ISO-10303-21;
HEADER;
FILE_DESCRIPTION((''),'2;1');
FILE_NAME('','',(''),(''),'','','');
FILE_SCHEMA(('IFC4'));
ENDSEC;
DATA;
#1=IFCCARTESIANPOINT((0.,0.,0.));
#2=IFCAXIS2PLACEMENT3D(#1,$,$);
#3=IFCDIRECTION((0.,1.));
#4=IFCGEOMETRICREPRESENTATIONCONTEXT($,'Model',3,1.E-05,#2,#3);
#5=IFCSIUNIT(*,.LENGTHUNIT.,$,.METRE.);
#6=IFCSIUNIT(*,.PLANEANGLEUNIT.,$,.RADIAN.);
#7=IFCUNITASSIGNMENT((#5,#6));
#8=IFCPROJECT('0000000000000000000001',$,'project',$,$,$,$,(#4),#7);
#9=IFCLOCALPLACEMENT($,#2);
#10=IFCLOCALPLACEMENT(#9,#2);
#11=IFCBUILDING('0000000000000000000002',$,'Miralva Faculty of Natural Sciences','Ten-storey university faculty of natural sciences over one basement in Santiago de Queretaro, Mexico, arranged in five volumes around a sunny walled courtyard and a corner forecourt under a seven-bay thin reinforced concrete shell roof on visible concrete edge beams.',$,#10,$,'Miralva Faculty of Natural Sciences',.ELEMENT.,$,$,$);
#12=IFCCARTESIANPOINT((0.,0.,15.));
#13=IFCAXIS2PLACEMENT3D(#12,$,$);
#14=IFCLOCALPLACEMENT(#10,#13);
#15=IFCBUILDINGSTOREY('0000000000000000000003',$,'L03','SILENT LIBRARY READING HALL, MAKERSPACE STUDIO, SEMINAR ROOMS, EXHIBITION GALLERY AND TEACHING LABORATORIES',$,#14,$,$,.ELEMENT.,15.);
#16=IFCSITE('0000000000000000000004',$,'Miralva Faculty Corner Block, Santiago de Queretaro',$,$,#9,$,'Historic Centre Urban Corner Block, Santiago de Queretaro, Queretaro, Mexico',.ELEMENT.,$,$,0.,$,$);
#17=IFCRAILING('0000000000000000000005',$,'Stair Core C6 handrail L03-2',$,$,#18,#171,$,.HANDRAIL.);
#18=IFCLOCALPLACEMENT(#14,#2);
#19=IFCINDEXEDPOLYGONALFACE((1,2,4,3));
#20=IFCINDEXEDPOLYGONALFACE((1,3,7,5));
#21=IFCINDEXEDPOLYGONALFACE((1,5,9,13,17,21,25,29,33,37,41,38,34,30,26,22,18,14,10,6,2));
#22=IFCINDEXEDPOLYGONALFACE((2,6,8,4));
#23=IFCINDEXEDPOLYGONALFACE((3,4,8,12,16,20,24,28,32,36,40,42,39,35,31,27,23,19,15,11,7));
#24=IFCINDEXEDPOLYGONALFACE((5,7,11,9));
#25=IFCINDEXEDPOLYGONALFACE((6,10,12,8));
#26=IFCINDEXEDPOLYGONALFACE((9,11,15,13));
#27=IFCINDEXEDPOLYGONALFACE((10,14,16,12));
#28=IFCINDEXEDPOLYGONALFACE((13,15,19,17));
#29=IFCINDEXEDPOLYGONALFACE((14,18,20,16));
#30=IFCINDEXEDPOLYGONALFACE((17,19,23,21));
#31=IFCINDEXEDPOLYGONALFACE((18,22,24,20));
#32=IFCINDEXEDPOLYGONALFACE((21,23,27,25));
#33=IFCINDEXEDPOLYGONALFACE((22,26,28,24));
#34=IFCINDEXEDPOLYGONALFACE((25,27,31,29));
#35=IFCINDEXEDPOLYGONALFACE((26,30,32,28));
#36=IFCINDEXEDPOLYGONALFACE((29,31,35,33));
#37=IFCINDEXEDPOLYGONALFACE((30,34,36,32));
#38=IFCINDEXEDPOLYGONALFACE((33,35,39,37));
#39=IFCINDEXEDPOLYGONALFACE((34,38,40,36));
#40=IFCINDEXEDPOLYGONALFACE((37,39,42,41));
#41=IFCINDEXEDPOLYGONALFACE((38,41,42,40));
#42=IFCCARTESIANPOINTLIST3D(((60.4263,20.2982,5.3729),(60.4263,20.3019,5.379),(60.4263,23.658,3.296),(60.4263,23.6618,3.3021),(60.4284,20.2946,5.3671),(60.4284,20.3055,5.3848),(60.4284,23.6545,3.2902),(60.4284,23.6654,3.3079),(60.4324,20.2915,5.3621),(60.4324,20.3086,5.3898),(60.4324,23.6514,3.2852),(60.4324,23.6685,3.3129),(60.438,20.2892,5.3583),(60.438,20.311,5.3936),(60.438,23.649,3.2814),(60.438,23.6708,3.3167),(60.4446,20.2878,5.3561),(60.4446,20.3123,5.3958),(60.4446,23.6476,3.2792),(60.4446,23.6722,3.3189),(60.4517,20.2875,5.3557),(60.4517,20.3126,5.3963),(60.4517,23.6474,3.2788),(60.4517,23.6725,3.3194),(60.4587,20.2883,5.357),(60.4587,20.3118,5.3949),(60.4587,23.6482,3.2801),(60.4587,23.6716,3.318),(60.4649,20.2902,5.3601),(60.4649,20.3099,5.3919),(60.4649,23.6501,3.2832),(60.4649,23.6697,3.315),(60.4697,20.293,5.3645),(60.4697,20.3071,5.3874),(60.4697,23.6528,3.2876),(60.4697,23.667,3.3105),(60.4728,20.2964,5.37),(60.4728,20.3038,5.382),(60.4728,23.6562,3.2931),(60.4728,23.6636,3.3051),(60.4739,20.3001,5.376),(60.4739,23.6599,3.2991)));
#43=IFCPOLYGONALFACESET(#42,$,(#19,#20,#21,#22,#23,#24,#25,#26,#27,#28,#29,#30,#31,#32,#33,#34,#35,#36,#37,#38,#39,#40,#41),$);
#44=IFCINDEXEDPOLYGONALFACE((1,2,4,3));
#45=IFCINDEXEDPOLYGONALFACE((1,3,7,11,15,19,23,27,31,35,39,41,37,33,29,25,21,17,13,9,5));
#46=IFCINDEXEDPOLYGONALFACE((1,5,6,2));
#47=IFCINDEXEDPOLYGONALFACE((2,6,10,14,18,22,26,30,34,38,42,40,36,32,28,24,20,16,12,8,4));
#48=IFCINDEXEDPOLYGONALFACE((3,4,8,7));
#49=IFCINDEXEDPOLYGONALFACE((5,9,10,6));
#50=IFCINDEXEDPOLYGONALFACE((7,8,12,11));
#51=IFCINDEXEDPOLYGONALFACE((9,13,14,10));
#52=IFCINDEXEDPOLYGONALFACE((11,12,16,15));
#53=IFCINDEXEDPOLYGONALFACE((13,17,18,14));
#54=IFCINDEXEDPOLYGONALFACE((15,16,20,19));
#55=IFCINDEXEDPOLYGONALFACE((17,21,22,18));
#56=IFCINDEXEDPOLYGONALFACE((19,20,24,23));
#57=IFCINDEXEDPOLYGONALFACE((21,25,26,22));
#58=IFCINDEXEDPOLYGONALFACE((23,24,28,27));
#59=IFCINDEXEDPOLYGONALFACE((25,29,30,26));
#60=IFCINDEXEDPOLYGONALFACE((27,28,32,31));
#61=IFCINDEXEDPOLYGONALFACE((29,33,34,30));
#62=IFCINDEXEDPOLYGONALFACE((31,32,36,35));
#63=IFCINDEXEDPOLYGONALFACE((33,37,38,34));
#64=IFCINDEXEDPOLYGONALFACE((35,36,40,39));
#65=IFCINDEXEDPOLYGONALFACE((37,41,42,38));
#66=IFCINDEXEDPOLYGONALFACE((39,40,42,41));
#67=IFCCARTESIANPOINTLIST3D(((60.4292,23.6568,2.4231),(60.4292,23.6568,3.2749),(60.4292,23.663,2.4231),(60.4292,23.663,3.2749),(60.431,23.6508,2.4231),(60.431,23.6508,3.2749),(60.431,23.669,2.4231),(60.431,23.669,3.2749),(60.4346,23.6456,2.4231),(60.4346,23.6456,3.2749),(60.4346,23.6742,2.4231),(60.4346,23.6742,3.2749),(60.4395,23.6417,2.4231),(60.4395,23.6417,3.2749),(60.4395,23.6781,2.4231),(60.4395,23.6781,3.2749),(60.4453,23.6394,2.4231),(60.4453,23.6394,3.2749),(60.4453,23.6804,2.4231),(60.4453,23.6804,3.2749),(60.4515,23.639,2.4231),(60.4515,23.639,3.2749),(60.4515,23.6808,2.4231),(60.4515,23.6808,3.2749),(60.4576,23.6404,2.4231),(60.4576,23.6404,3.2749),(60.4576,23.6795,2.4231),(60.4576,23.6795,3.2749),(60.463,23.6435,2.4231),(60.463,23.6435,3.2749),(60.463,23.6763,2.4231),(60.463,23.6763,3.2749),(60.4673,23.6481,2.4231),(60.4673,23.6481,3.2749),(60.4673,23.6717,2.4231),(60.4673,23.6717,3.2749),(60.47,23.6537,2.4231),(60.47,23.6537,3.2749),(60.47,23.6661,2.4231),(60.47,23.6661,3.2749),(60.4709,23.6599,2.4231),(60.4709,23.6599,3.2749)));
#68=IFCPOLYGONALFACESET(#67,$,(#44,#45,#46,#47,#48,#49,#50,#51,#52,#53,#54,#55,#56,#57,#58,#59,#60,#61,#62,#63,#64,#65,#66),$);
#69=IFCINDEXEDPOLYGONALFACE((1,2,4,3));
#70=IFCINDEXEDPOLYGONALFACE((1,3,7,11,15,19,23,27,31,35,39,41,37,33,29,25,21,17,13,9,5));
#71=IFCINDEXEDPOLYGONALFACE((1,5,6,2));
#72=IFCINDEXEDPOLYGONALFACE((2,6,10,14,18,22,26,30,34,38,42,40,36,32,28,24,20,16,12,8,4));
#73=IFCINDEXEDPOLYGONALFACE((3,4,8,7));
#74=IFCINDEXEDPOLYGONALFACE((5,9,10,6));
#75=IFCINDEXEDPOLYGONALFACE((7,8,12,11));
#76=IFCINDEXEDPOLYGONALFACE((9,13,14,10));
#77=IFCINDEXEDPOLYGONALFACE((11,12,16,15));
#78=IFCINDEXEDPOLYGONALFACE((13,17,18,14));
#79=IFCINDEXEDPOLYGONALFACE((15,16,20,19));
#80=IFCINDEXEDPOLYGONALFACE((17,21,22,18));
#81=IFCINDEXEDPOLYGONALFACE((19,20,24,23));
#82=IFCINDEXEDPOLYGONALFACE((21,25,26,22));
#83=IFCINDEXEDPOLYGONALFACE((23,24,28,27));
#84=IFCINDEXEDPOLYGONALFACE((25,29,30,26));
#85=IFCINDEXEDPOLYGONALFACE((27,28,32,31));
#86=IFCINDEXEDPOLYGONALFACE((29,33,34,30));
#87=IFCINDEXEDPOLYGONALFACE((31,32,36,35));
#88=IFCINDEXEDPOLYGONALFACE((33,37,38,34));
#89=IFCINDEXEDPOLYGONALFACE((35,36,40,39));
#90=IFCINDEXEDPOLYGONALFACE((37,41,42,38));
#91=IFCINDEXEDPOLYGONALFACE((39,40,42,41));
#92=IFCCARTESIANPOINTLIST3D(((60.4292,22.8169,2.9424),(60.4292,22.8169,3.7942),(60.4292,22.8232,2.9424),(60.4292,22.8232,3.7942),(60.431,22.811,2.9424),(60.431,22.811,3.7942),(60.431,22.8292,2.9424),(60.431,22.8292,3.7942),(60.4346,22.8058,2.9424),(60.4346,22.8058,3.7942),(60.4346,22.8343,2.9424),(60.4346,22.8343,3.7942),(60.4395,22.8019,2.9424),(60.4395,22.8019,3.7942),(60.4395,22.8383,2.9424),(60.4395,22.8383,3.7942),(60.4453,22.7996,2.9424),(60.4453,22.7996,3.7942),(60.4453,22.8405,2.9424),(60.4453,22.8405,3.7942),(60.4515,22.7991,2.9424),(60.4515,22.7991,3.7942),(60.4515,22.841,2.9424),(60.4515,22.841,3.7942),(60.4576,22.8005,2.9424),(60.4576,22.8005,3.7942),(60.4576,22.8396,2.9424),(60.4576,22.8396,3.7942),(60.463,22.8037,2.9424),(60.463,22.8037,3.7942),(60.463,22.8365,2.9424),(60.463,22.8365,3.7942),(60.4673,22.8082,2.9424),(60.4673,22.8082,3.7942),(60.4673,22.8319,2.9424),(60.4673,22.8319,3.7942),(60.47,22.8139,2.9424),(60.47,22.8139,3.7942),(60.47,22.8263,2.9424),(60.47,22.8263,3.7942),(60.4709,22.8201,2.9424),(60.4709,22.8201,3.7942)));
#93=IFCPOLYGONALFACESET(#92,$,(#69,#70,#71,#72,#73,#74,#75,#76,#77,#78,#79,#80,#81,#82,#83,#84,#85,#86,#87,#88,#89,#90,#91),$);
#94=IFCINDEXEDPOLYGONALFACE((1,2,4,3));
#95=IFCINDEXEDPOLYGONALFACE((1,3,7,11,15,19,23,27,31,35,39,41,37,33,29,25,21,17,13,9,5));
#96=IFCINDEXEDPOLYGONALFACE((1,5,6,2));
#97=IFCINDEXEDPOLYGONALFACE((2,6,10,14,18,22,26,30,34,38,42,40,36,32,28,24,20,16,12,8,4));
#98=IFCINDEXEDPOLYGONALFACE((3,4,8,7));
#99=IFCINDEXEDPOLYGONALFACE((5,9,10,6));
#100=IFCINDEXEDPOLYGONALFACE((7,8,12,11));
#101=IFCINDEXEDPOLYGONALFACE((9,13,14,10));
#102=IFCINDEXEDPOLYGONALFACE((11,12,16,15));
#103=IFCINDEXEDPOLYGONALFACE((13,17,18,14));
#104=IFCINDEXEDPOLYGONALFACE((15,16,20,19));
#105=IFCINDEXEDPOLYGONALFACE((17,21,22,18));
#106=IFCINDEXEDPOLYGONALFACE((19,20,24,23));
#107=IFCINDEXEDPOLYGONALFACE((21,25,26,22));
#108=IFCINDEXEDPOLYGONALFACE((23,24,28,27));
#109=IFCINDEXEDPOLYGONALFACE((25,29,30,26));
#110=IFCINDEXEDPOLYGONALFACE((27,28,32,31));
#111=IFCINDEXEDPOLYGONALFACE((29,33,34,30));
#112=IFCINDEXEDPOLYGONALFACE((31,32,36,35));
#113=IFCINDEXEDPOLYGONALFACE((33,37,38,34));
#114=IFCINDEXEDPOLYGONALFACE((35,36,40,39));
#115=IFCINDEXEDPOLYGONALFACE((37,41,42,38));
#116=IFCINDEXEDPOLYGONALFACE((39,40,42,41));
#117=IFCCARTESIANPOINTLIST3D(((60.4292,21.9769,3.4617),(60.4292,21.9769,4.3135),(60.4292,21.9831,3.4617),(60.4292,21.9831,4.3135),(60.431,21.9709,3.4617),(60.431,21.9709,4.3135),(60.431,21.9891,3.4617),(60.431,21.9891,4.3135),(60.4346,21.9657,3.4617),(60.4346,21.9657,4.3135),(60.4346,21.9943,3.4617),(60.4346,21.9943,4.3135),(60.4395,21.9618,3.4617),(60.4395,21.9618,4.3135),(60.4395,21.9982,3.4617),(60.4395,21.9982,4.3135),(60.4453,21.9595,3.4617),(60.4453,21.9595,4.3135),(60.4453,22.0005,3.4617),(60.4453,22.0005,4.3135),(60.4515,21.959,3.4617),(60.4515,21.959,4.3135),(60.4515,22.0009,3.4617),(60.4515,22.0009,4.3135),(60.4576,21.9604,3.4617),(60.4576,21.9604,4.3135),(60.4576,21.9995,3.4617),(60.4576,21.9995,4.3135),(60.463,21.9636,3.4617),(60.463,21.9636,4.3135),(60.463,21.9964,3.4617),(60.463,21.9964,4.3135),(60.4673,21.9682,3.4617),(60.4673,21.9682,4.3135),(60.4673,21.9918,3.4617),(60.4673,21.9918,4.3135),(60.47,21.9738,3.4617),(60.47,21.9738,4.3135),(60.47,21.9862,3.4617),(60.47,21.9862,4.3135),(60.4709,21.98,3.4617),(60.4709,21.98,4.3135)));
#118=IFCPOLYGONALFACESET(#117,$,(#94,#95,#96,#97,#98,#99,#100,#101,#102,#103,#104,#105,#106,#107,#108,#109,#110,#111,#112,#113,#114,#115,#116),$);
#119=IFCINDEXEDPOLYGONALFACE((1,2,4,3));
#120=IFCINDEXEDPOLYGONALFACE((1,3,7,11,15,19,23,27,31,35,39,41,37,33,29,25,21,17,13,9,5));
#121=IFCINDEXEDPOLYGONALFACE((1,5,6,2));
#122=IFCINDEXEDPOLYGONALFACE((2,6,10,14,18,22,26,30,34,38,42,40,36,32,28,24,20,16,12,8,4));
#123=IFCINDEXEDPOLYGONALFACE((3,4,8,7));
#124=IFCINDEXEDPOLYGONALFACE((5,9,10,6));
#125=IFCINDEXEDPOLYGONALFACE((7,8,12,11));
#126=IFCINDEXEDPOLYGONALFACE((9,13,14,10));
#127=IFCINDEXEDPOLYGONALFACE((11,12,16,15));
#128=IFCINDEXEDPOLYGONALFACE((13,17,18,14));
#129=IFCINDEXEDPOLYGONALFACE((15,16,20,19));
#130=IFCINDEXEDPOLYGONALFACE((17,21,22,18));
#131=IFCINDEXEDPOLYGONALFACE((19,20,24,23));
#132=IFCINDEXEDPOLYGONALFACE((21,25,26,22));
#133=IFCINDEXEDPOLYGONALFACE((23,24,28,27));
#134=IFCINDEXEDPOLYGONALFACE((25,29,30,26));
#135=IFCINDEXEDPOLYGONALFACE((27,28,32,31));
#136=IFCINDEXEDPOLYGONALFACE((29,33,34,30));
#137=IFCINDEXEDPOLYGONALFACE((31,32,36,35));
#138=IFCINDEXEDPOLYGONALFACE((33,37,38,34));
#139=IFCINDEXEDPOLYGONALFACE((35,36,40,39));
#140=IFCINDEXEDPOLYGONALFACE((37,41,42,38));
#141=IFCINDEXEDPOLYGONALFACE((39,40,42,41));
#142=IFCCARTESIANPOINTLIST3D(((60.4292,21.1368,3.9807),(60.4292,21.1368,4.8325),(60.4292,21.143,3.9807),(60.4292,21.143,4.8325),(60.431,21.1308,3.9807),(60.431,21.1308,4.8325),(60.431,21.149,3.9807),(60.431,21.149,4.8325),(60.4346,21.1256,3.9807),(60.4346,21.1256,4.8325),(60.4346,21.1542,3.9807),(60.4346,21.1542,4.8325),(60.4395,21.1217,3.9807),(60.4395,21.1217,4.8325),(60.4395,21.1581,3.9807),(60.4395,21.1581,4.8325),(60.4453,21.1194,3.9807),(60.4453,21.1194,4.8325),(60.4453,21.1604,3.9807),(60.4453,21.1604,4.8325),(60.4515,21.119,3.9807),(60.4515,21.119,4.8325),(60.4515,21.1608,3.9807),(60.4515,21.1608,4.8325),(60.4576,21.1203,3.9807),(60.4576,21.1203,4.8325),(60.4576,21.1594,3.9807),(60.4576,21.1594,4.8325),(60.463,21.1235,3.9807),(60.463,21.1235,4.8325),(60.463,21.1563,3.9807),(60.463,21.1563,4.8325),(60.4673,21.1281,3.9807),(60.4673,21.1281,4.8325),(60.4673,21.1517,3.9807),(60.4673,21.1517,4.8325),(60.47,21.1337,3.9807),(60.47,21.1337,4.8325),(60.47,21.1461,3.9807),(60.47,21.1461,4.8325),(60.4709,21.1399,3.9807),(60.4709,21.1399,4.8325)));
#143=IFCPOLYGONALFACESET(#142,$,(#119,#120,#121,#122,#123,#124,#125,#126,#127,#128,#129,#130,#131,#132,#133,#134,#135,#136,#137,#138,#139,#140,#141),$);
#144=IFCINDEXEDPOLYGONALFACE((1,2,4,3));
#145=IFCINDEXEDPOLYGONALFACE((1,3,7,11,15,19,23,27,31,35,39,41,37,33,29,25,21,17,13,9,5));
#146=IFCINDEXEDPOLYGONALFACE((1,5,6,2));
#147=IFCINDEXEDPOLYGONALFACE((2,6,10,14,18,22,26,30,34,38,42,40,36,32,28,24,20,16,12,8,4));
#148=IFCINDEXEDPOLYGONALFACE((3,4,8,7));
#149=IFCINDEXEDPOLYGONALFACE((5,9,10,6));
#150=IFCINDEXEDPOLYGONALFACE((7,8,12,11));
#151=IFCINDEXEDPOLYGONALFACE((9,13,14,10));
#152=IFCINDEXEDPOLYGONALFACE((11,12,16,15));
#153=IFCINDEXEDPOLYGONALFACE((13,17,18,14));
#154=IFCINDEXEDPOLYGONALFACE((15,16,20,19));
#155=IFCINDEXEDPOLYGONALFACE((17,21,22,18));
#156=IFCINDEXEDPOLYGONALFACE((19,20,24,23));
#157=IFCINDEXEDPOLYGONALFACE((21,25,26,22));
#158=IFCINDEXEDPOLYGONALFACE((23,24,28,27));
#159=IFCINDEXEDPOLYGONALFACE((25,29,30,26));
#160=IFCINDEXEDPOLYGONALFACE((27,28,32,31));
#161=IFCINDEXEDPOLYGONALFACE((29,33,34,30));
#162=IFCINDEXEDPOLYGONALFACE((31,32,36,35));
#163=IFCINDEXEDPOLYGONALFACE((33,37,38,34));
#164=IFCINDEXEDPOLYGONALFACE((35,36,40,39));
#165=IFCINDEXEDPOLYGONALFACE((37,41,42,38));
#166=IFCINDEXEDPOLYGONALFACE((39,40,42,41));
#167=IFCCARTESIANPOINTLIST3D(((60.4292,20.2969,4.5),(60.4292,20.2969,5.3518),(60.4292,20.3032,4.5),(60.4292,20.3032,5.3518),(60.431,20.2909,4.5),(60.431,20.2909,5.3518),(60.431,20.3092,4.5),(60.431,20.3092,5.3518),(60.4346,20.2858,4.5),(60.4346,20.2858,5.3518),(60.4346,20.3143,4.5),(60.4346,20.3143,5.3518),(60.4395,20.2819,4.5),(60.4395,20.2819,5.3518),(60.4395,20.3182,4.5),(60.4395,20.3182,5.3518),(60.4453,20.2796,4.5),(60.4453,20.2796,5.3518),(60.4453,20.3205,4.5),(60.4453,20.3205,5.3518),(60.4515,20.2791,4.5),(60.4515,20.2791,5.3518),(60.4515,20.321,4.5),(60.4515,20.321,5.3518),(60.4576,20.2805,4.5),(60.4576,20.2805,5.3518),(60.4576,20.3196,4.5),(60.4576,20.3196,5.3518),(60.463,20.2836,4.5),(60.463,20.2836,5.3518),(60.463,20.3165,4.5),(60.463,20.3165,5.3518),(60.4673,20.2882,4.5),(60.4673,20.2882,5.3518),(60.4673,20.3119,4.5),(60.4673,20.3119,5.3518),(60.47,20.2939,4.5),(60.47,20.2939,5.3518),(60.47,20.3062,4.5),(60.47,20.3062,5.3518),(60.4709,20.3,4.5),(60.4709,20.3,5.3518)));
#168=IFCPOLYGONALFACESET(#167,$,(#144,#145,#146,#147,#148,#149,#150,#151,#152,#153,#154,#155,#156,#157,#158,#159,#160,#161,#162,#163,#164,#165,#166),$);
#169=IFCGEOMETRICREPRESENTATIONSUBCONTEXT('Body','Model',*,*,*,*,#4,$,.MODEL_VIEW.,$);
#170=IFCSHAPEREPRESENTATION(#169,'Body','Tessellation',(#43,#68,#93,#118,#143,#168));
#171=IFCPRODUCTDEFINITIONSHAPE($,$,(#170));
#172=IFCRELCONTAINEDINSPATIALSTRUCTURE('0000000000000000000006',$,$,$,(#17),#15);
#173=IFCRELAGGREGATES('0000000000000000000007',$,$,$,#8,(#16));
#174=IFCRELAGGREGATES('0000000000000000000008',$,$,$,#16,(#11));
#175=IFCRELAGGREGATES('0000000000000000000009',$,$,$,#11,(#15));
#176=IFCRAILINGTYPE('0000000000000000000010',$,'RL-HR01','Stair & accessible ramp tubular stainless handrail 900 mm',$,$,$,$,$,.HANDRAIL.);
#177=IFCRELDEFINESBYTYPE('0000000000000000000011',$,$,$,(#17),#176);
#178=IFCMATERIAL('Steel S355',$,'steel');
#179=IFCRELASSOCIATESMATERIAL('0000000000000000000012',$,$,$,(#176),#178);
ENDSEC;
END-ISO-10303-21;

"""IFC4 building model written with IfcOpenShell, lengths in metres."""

from ifc_helpers import new_model, si_unit, direction, frame, origin, origin_2d, place, context, subcontext, project, spatial, circle, extrude, material, type_object, element, save


model = new_model("IFC4")

# Units and contexts
model_context = context("Model", 3, precision=1e-05, world=origin(), true_north=direction((0.0, 1.0)))
body_context = subcontext(model_context, "Body", "Model", "MODEL_VIEW")
ifc_project = project(units=[si_unit("LENGTHUNIT", "METRE"), si_unit("PLANEANGLEUNIT", "RADIAN")], contexts=[model_context])

# Site, building, storey
site_placement = place(None, origin())
site = spatial("IfcSite", under=ifc_project, at=site_placement, Name="Miralva Faculty Corner Block, Santiago de Queretaro", LongName="Historic Centre Urban Corner Block, Santiago de Queretaro, Queretaro, Mexico", CompositionType="ELEMENT", RefElevation=0.0)
building_placement = place(site_placement, origin())
building = spatial("IfcBuilding", under=site, at=building_placement, Name="Miralva Faculty of Natural Sciences", Description="Ten-storey university faculty of natural sciences over one basement in Santiago de Queretaro, Mexico, arranged in five volumes around a sunny walled courtyard and a corner forecourt under a seven-bay thin reinforced concrete shell roof on visible concrete edge beams.", LongName="Miralva Faculty of Natural Sciences", CompositionType="ELEMENT")
storey_placement = place(building_placement, frame((0.0, 0.0, 15.0)))
storey = spatial("IfcBuildingStorey", under=building, at=storey_placement, Name="L03", Description="SILENT LIBRARY READING HALL, MAKERSPACE STUDIO, SEMINAR ROOMS, EXHIBITION GALLERY AND TEACHING LABORATORIES", CompositionType="ELEMENT", Elevation=15.0)

# Railing
ifc_material_1 = material(Name="Steel S355", Category="steel")
railing_type_1 = type_object("IfcRailingType", Name="RL-HR01", Description="Stair & accessible ramp tubular stainless handrail 900 mm", PredefinedType="HANDRAIL", material=ifc_material_1)
railing_1_placement = place(storey_placement, frame((60.45, 23.6599, 2.4231)))
element("IfcRailing", 1, at=railing_1_placement, inside=storey, type_object=railing_type_1, Name="Stair Core C6 handrail L03-2", PredefinedType="HANDRAIL", context=body_context, shape_type="SweptSolid", body=[
    extrude(circle(Radius=0.0239, at=origin_2d()), frame((0.0, 0.0, 0.876), z_axis=(0.0, -0.850606, 0.525803), x_axis=(1.0, 0.0, 0.0)), (0.0, 0.0, 1.0), 3.95),
    extrude(circle(Radius=0.021, at=origin_2d()), origin(), (0.0, 0.0, 1.0), 0.8518),
    extrude(circle(Radius=0.021, at=origin_2d()), frame((0.0, -0.8398, 0.5193)), (0.0, 0.0, 1.0), 0.8518),
    extrude(circle(Radius=0.021, at=origin_2d()), frame((0.0, -1.6799, 1.0386)), (0.0, 0.0, 1.0), 0.8518),
    extrude(circle(Radius=0.021, at=origin_2d()), frame((0.0, -2.52, 1.5576)), (0.0, 0.0, 1.0), 0.8518),
    extrude(circle(Radius=0.021, at=origin_2d()), frame((0.0, -3.3599, 2.0769)), (0.0, 0.0, 1.0), 0.8518),
])

save(model, "model.ifc")
